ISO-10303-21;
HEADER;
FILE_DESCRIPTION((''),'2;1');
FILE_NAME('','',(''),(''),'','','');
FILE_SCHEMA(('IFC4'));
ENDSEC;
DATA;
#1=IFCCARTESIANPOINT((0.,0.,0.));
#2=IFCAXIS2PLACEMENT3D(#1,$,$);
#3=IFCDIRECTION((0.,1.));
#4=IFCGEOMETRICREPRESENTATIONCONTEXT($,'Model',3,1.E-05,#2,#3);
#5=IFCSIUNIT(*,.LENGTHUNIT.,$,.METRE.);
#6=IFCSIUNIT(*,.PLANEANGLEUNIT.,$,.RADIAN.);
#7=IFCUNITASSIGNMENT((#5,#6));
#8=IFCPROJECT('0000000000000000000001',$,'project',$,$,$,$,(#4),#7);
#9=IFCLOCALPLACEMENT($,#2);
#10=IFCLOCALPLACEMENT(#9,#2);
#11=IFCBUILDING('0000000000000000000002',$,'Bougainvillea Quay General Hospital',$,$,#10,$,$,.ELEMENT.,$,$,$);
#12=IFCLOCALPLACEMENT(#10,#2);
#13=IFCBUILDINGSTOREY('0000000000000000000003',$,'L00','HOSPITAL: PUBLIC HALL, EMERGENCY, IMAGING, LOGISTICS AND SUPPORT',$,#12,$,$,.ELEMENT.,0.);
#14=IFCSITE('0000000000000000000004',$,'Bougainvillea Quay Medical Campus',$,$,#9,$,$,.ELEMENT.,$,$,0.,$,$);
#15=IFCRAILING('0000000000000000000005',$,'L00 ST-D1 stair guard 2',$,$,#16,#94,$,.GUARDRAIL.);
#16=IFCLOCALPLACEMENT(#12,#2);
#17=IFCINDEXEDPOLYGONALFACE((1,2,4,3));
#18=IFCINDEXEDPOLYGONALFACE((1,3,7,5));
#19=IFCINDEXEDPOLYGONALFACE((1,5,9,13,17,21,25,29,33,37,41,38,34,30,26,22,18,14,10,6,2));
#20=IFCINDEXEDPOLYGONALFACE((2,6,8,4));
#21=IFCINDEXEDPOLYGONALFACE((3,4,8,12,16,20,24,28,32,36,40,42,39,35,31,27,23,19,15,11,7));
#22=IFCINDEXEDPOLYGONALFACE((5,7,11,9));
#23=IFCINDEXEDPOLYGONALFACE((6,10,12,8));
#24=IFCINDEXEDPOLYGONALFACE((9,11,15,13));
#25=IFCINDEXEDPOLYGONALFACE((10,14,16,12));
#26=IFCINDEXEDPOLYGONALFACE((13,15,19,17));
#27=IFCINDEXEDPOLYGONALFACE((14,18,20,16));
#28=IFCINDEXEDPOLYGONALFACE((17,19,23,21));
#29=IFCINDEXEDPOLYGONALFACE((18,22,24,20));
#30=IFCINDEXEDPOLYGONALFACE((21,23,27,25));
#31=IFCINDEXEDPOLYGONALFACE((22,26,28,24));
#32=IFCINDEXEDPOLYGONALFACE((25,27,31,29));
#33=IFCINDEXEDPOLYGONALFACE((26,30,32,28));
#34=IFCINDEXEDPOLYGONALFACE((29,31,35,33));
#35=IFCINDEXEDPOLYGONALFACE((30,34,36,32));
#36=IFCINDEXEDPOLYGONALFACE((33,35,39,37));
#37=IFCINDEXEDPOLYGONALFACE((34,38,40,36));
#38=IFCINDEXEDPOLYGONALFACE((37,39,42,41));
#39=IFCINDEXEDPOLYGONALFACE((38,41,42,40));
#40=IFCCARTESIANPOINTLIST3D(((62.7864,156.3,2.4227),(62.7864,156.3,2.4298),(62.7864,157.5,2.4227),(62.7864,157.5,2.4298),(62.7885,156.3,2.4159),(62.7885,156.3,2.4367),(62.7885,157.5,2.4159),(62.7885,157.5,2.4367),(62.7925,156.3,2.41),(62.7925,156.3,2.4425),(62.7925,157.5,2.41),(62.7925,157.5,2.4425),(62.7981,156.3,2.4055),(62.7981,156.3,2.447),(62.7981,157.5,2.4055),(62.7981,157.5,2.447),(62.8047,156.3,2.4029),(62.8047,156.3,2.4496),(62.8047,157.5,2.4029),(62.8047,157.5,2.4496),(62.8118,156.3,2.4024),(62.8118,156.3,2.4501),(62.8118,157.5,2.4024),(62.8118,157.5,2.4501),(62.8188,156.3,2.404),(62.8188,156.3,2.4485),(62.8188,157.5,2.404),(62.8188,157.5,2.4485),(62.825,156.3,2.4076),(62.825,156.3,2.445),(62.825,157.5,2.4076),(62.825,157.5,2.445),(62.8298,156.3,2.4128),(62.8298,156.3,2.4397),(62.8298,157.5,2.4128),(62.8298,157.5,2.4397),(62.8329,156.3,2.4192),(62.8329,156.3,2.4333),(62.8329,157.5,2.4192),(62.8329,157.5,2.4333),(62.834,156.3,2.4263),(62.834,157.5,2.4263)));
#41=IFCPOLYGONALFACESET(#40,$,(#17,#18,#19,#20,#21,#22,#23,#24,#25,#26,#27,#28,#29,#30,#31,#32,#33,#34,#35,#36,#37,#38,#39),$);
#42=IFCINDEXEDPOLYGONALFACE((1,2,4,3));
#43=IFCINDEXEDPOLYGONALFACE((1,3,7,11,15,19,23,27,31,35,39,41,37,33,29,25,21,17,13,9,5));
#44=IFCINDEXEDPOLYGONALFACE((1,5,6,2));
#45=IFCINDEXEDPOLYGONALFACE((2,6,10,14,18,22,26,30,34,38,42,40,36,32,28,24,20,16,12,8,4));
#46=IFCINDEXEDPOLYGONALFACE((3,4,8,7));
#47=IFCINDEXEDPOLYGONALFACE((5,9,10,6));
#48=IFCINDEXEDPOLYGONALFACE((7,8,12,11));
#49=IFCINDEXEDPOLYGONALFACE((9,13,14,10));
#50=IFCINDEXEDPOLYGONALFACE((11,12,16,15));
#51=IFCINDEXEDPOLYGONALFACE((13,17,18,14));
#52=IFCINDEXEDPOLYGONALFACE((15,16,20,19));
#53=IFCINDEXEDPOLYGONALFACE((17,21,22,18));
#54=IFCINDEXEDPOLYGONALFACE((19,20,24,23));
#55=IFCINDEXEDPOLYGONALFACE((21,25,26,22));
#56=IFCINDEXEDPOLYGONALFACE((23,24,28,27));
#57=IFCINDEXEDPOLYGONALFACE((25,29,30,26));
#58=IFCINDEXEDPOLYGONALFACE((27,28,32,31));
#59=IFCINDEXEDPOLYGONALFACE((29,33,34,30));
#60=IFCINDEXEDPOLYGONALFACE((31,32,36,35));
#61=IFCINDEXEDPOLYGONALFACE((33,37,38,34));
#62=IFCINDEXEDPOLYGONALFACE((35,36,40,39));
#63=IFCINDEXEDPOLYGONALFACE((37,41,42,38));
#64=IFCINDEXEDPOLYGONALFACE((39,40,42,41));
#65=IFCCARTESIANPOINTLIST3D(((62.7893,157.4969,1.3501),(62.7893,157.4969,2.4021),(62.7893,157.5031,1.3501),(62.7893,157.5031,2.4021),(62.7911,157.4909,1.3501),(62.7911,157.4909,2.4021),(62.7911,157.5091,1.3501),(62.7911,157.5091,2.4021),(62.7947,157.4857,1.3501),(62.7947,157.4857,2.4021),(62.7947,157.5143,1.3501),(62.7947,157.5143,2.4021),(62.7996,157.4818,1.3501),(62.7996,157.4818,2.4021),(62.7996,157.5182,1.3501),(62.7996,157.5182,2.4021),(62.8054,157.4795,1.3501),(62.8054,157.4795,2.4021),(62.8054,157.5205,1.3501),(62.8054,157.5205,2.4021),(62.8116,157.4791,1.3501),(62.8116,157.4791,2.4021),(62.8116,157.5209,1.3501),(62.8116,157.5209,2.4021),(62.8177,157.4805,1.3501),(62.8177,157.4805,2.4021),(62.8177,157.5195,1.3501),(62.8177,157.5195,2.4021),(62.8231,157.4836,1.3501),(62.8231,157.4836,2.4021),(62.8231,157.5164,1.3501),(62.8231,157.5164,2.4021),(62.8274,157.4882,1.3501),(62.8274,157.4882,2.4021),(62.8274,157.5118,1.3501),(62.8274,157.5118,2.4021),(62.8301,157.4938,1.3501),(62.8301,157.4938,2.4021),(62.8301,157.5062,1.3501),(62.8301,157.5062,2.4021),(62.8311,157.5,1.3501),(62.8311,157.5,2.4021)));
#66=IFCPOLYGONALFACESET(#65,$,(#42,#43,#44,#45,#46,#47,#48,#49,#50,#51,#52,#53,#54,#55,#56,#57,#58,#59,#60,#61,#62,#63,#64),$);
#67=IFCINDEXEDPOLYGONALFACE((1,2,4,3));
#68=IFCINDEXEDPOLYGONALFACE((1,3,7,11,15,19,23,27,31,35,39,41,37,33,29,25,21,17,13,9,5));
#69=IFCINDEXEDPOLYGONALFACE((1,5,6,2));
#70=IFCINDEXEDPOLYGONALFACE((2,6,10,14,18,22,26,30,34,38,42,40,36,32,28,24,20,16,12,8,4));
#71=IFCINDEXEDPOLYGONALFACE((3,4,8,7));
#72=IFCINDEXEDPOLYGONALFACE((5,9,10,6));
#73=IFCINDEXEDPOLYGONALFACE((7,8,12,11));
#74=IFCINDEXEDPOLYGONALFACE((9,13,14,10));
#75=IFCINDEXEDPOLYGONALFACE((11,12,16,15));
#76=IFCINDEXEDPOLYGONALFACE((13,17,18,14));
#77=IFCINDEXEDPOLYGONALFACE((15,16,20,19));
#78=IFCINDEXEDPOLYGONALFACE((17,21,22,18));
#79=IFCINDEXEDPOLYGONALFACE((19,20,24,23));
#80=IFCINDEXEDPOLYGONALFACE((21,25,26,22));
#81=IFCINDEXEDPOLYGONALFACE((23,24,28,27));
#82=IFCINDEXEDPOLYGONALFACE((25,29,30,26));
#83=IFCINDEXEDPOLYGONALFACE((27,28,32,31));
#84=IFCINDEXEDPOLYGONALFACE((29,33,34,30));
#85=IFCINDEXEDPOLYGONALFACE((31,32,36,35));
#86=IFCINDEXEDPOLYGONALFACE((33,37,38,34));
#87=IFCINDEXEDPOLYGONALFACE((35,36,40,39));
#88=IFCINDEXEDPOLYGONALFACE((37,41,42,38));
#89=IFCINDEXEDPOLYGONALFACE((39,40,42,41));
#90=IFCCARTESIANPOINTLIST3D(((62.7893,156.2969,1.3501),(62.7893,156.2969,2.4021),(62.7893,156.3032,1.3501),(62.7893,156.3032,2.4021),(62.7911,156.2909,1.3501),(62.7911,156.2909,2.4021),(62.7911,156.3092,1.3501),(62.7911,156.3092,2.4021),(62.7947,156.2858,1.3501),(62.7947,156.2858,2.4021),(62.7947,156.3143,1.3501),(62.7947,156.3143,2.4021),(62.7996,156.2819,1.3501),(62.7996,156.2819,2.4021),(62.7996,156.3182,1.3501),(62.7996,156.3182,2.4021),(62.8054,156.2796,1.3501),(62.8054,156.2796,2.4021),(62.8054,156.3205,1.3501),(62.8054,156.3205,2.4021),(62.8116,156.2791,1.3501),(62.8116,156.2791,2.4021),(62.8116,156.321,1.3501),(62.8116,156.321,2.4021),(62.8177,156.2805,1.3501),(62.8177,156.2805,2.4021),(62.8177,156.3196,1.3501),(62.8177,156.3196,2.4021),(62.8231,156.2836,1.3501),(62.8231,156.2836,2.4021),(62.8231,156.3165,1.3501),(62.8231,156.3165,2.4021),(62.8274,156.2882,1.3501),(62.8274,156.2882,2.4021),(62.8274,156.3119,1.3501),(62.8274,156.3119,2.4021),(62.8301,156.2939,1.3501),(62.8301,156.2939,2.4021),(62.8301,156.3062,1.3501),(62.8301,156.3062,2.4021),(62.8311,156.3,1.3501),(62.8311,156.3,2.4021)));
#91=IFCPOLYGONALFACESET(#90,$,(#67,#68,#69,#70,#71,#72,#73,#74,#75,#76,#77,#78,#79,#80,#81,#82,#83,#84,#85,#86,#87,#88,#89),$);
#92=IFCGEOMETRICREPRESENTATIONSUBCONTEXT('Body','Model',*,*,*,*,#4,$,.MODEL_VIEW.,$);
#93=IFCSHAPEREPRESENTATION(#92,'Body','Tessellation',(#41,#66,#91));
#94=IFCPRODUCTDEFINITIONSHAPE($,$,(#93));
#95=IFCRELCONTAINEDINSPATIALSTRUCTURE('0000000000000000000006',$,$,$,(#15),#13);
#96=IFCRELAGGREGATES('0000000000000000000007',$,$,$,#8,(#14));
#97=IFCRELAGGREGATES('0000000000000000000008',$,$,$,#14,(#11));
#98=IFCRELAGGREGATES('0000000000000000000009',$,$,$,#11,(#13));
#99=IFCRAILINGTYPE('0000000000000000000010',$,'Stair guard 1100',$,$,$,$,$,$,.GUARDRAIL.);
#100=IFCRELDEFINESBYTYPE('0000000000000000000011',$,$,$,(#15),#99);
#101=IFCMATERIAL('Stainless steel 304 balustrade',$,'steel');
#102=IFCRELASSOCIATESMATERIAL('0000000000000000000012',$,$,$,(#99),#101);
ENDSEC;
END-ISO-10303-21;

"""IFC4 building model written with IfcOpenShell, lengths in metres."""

from ifc_helpers import new_model, si_unit, direction, frame, origin, origin_2d, place, context, subcontext, project, spatial, circle, extrude, material, type_object, element, save


model = new_model("IFC4")

# Units and contexts
model_context = context("Model", 3, precision=1e-05, world=origin(), true_north=direction((0.0, 1.0)))
body_context = subcontext(model_context, "Body", "Model", "MODEL_VIEW")
ifc_project = project(units=[si_unit("LENGTHUNIT", "METRE"), si_unit("PLANEANGLEUNIT", "RADIAN")], contexts=[model_context])

# Site, building, storey
site_placement = place(None, origin())
site = spatial("IfcSite", under=ifc_project, at=site_placement, Name="Bougainvillea Quay Medical Campus", CompositionType="ELEMENT", RefElevation=0.0)
building_placement = place(site_placement, origin())
building = spatial("IfcBuilding", under=site, at=building_placement, Name="Bougainvillea Quay General Hospital", CompositionType="ELEMENT")
storey_placement = place(building_placement, origin())
storey = spatial("IfcBuildingStorey", under=building, at=storey_placement, Name="L00", Description="HOSPITAL: PUBLIC HALL, EMERGENCY, IMAGING, LOGISTICS AND SUPPORT", CompositionType="ELEMENT", Elevation=0.0)

# Railing
ifc_material_1 = material(Name="Stainless steel 304 balustrade", Category="steel")
railing_type_1 = type_object("IfcRailingType", Name="Stair guard 1100", PredefinedType="GUARDRAIL", material=ifc_material_1)
railing_1_placement = place(storey_placement, frame((62.8101, 157.5, 1.3501)))
element("IfcRailing", 1, at=railing_1_placement, inside=storey, type_object=railing_type_1, Name="L00 ST-D1 stair guard 2", PredefinedType="GUARDRAIL", context=body_context, shape_type="SweptSolid", body=[
    extrude(circle(Radius=0.0239, at=origin_2d()), frame((0.0, 0.0, 1.0762), z_axis=(0.0, -1.0, 0.0), x_axis=(1.0, 0.0, 0.0)), (0.0, 0.0, 1.0), 1.2),
    extrude(circle(Radius=0.021, at=origin_2d()), origin(), (0.0, 0.0, 1.0), 1.052),
    extrude(circle(Radius=0.021, at=origin_2d()), frame((0.0, -1.2, 0.0)), (0.0, 0.0, 1.0), 1.052),
])

save(model, "model.ifc")
